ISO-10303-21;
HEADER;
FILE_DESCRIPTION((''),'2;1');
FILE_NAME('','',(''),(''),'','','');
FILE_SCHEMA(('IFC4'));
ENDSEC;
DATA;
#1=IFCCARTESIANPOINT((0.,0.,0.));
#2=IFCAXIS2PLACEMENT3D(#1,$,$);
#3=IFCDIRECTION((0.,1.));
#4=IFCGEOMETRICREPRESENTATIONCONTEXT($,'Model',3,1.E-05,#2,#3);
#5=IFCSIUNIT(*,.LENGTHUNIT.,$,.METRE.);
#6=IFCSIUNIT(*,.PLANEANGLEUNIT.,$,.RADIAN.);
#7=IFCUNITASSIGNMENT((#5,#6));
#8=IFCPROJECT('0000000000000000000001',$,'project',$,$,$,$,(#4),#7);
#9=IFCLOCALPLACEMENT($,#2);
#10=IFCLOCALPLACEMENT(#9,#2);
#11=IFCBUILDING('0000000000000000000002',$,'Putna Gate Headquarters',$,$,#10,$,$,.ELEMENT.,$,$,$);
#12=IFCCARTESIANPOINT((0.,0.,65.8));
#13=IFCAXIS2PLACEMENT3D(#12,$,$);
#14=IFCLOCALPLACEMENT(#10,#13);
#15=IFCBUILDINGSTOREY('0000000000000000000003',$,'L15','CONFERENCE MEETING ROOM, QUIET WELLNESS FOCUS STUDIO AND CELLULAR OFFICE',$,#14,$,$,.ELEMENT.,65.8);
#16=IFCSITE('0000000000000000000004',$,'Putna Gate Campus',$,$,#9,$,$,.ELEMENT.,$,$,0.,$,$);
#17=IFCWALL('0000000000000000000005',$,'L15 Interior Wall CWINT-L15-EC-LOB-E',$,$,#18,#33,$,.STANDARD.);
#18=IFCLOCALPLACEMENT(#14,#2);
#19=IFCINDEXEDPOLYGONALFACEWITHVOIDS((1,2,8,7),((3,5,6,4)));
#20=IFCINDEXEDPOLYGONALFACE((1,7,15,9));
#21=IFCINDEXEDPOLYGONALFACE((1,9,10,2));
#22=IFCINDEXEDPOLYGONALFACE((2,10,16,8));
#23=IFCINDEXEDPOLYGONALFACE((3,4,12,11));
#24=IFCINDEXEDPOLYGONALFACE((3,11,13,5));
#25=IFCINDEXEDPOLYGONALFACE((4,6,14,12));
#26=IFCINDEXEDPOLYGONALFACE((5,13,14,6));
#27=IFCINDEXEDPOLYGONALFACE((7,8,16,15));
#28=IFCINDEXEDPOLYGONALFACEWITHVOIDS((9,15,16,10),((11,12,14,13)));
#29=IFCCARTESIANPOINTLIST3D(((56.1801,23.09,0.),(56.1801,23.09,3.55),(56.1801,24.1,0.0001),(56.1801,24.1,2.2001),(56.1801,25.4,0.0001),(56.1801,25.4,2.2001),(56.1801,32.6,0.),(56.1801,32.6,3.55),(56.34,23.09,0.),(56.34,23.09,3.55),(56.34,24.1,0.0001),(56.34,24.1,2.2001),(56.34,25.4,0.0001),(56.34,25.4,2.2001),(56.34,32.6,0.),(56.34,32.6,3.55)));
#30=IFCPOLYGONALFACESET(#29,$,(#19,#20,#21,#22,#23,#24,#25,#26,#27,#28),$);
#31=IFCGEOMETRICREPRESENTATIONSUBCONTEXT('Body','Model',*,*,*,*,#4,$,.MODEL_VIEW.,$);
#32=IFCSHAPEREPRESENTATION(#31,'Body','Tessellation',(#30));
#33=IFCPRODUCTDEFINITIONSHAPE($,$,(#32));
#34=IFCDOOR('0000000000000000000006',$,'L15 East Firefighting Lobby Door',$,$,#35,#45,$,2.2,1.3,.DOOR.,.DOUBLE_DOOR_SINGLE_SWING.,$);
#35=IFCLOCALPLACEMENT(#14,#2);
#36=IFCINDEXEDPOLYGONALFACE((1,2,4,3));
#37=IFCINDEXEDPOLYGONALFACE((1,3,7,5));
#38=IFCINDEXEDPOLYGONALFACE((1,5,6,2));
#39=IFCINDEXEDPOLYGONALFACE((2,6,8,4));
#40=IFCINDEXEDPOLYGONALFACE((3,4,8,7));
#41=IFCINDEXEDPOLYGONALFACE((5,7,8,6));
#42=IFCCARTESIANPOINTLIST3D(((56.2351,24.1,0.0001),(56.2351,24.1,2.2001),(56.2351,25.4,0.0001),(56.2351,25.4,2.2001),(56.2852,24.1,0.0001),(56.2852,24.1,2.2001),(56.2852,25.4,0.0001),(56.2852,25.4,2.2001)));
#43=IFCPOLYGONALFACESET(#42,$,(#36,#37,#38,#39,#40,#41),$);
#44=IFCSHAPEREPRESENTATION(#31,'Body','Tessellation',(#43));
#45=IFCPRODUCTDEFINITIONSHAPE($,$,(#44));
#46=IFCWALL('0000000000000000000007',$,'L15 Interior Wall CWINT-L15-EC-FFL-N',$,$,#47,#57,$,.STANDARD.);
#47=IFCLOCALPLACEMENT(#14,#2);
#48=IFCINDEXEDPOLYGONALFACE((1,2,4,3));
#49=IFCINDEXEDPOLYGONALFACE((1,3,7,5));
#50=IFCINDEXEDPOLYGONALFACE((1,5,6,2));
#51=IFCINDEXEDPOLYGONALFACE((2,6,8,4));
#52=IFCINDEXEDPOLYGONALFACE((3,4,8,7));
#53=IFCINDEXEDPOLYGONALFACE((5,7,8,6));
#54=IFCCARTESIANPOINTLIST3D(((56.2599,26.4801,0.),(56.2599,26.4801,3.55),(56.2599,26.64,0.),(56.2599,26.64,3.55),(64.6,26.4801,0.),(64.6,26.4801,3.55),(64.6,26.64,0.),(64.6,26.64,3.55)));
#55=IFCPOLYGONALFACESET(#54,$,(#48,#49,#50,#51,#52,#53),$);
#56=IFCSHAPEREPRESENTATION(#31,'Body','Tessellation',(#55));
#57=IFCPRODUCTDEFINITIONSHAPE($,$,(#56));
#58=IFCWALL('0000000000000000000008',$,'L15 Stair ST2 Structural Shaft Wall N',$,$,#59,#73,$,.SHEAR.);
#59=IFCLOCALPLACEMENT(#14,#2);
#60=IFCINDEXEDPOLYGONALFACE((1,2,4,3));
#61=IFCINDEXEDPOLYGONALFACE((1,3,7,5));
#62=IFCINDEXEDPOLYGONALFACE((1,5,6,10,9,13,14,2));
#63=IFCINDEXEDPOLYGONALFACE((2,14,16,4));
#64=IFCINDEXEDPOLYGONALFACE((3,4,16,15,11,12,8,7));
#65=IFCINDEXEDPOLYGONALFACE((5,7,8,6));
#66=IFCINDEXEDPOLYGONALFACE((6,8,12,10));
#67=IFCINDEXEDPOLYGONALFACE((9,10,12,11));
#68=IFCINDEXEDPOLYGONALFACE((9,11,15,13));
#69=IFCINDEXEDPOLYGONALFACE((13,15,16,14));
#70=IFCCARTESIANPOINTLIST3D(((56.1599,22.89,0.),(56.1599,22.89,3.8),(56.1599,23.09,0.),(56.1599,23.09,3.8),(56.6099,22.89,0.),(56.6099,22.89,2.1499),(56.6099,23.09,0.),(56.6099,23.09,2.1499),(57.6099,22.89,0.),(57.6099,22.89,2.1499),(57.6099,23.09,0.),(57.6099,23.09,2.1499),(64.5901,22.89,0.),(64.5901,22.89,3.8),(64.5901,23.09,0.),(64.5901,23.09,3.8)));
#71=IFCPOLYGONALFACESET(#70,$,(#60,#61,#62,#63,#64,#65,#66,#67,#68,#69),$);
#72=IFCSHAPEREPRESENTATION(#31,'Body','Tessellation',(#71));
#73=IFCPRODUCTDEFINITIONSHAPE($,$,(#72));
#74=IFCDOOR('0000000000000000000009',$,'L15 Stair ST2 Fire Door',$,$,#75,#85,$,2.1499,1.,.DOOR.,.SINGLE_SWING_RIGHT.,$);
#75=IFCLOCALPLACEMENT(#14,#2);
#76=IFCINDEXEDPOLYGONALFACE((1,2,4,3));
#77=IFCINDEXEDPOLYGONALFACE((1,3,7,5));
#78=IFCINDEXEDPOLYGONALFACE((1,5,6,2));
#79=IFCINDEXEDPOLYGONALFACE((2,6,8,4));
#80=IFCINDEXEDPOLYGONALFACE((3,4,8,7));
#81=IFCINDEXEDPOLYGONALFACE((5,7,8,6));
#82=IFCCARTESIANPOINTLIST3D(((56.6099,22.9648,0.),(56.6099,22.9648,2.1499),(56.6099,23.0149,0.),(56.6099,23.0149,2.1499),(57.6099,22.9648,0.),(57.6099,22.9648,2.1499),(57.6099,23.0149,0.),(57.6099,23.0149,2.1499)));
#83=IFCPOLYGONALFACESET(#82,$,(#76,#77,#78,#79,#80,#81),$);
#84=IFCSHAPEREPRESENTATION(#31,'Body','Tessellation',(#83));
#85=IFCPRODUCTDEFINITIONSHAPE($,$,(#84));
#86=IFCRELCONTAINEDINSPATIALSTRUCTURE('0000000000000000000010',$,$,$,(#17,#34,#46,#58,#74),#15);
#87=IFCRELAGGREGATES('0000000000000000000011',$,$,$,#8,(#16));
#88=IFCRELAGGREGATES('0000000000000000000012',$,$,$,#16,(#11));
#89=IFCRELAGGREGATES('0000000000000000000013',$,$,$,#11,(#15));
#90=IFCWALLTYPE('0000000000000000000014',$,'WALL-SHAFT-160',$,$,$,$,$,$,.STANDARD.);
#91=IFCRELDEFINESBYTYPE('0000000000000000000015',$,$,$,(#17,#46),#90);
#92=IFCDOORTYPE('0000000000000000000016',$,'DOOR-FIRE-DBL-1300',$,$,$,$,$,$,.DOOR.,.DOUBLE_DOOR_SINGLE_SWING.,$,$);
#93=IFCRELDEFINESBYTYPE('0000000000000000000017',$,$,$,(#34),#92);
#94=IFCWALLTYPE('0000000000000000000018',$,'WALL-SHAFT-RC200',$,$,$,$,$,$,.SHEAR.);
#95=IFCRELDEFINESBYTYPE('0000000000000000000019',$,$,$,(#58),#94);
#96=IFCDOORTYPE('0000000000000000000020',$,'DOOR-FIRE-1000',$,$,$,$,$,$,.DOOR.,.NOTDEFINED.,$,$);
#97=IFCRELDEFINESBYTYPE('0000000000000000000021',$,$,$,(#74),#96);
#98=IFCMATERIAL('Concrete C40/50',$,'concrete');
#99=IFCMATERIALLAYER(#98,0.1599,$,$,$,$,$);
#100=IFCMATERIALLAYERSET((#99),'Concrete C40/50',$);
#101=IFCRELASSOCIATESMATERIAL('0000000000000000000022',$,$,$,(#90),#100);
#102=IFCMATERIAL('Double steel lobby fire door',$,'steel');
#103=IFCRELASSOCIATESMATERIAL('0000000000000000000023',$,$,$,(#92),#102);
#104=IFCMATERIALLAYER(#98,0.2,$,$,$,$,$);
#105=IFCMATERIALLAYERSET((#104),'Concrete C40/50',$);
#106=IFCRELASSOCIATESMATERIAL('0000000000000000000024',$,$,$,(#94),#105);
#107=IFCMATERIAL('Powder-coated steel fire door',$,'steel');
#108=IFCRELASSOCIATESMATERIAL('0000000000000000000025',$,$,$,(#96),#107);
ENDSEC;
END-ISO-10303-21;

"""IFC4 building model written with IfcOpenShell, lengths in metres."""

from ifc_helpers import new_model, si_unit, direction, frame, frame_2d, origin, place, context, subcontext, project, spatial, rectangle, extrude, material, layer, layer_set, type_object, element, fill, save


model = new_model("IFC4")

# Units and contexts
model_context = context("Model", 3, precision=1e-05, world=origin(), true_north=direction((0.0, 1.0)))
body_context = subcontext(model_context, "Body", "Model", "MODEL_VIEW")
ifc_project = project(units=[si_unit("LENGTHUNIT", "METRE"), si_unit("PLANEANGLEUNIT", "RADIAN")], contexts=[model_context])

# Site, building, storey
site_placement = place(None, origin())
site = spatial("IfcSite", under=ifc_project, at=site_placement, Name="Putna Gate Campus", CompositionType="ELEMENT", RefElevation=0.0)
building_placement = place(site_placement, origin())
building = spatial("IfcBuilding", under=site, at=building_placement, Name="Putna Gate Headquarters", CompositionType="ELEMENT")
storey_placement = place(building_placement, frame((0.0, 0.0, 65.8)))
storey = spatial("IfcBuildingStorey", under=building, at=storey_placement, Name="L15", Description="CONFERENCE MEETING ROOM, QUIET WELLNESS FOCUS STUDIO AND CELLULAR OFFICE", CompositionType="ELEMENT", Elevation=65.8)

# Wall, opening, door
ifc_material_1 = material(Name="Concrete C40/50", Category="concrete")
ifc_layer_1 = layer(ifc_material_1, 0.1599)
ifc_layer_set_1 = layer_set([ifc_layer_1], Name="Concrete C40/50")
wall_type_1 = type_object("IfcWallType", Name="WALL-SHAFT-160", PredefinedType="STANDARD", material=ifc_layer_set_1)
wall_1_placement = place(storey_placement, frame((56.26, 23.0901, 0.0), z_axis=(0.0, 0.0, 1.0), x_axis=(0.0, 1.0, 0.0)))
wall_1 = element("IfcWall", 1, at=wall_1_placement, inside=storey, type_object=wall_type_1, Name="L15 Interior Wall CWINT-L15-EC-LOB-E", PredefinedType="STANDARD", context=body_context, shape_type="SweptSolid", body=[
    extrude(rectangle(XDim=9.51, YDim=0.1599, at=frame_2d((4.7549, 0.0))), origin(), (0.0, 0.0, 1.0), 3.55),
])
opening_1_placement = place(wall_1_placement, frame((1.01, 0.0, 0.0)))
opening_1 = element("IfcOpeningElement", 2, at=opening_1_placement, cuts=wall_1, PredefinedType="OPENING", context=body_context, shape_type="SweptSolid", body=[
    extrude(rectangle(XDim=1.3, YDim=2.2, at=frame_2d((0.6499, 1.1001))), frame((0.0, 0.0898, 0.0), z_axis=(0.0, -1.0, 0.0), x_axis=(1.0, 0.0, 0.0)), (0.0, 0.0, 1.0), 0.1799),
])
ifc_material_2 = material(Name="Double steel lobby fire door", Category="steel")
door_type_1 = type_object("IfcDoorType", Name="DOOR-FIRE-DBL-1300", OperationType="DOUBLE_DOOR_SINGLE_SWING", PredefinedType="DOOR", material=ifc_material_2)
door_1_placement = place(opening_1_placement, origin())
door_1 = element("IfcDoor", 3, at=door_1_placement, inside=storey, type_object=door_type_1, Name="L15 East Firefighting Lobby Door", OperationType="DOUBLE_DOOR_SINGLE_SWING", OverallHeight=2.2, OverallWidth=1.3, PredefinedType="DOOR", context=body_context, shape_type="SweptSolid", body=[
    extrude(rectangle(XDim=1.3, YDim=2.2, at=frame_2d((0.6499, 1.1001))), frame((0.0, 0.0249, 0.0), z_axis=(0.0, -1.0, 0.0), x_axis=(1.0, 0.0, 0.0)), (0.0, 0.0, 1.0), 0.05),
])
fill(opening_1, door_1)

# Wall
wall_2_placement = place(storey_placement, frame((56.26, 26.5601, 0.0), z_axis=(0.0, 0.0, 1.0), x_axis=(1.0, 0.0, 0.0)))
element("IfcWall", 4, at=wall_2_placement, inside=storey, type_object=wall_type_1, Name="L15 Interior Wall CWINT-L15-EC-FFL-N", PredefinedType="STANDARD", context=body_context, shape_type="SweptSolid", body=[
    extrude(rectangle(XDim=8.3401, YDim=0.1599, at=frame_2d((4.1699, 0.0))), origin(), (0.0, 0.0, 1.0), 3.55),
])

# Wall, opening, door
ifc_layer_2 = layer(ifc_material_1, 0.2)
ifc_layer_set_2 = layer_set([ifc_layer_2], Name="Concrete C40/50")
wall_type_2 = type_object("IfcWallType", Name="WALL-SHAFT-RC200", PredefinedType="SHEAR", material=ifc_layer_set_2)
wall_3_placement = place(storey_placement, frame((56.1599, 22.99, 0.0), z_axis=(0.0, 0.0, 1.0), x_axis=(1.0, 0.0, 0.0)))
wall_3 = element("IfcWall", 5, at=wall_3_placement, inside=storey, type_object=wall_type_2, Name="L15 Stair ST2 Structural Shaft Wall N", PredefinedType="SHEAR", context=body_context, shape_type="SweptSolid", body=[
    extrude(rectangle(XDim=8.4302, YDim=0.2, at=frame_2d((4.2151, 0.0))), origin(), (0.0, 0.0, 1.0), 3.8),
])
opening_2_placement = place(wall_3_placement, frame((0.45, 0.0, 0.0)))
opening_2 = element("IfcOpeningElement", 6, at=opening_2_placement, cuts=wall_3, PredefinedType="OPENING", context=body_context, shape_type="SweptSolid", body=[
    extrude(rectangle(XDim=1.0, YDim=2.1499, at=frame_2d((0.5, 1.075))), frame((0.0, 0.1099, 0.0), z_axis=(0.0, -1.0, 0.0), x_axis=(1.0, 0.0, 0.0)), (0.0, 0.0, 1.0), 0.22),
])
ifc_material_3 = material(Name="Powder-coated steel fire door", Category="steel")
door_type_2 = type_object("IfcDoorType", Name="DOOR-FIRE-1000", OperationType="NOTDEFINED", PredefinedType="DOOR", material=ifc_material_3)
door_2_placement = place(opening_2_placement, origin())
door_2 = element("IfcDoor", 7, at=door_2_placement, inside=storey, type_object=door_type_2, Name="L15 Stair ST2 Fire Door", OperationType="SINGLE_SWING_RIGHT", OverallHeight=2.1499, OverallWidth=1.0, PredefinedType="DOOR", context=body_context, shape_type="SweptSolid", body=[
    extrude(rectangle(XDim=1.0, YDim=2.1499, at=frame_2d((0.5, 1.075))), frame((0.0, 0.0249, 0.0), z_axis=(0.0, -1.0, 0.0), x_axis=(1.0, 0.0, 0.0)), (0.0, 0.0, 1.0), 0.05),
])
fill(opening_2, door_2)

save(model, "model.ifc")
